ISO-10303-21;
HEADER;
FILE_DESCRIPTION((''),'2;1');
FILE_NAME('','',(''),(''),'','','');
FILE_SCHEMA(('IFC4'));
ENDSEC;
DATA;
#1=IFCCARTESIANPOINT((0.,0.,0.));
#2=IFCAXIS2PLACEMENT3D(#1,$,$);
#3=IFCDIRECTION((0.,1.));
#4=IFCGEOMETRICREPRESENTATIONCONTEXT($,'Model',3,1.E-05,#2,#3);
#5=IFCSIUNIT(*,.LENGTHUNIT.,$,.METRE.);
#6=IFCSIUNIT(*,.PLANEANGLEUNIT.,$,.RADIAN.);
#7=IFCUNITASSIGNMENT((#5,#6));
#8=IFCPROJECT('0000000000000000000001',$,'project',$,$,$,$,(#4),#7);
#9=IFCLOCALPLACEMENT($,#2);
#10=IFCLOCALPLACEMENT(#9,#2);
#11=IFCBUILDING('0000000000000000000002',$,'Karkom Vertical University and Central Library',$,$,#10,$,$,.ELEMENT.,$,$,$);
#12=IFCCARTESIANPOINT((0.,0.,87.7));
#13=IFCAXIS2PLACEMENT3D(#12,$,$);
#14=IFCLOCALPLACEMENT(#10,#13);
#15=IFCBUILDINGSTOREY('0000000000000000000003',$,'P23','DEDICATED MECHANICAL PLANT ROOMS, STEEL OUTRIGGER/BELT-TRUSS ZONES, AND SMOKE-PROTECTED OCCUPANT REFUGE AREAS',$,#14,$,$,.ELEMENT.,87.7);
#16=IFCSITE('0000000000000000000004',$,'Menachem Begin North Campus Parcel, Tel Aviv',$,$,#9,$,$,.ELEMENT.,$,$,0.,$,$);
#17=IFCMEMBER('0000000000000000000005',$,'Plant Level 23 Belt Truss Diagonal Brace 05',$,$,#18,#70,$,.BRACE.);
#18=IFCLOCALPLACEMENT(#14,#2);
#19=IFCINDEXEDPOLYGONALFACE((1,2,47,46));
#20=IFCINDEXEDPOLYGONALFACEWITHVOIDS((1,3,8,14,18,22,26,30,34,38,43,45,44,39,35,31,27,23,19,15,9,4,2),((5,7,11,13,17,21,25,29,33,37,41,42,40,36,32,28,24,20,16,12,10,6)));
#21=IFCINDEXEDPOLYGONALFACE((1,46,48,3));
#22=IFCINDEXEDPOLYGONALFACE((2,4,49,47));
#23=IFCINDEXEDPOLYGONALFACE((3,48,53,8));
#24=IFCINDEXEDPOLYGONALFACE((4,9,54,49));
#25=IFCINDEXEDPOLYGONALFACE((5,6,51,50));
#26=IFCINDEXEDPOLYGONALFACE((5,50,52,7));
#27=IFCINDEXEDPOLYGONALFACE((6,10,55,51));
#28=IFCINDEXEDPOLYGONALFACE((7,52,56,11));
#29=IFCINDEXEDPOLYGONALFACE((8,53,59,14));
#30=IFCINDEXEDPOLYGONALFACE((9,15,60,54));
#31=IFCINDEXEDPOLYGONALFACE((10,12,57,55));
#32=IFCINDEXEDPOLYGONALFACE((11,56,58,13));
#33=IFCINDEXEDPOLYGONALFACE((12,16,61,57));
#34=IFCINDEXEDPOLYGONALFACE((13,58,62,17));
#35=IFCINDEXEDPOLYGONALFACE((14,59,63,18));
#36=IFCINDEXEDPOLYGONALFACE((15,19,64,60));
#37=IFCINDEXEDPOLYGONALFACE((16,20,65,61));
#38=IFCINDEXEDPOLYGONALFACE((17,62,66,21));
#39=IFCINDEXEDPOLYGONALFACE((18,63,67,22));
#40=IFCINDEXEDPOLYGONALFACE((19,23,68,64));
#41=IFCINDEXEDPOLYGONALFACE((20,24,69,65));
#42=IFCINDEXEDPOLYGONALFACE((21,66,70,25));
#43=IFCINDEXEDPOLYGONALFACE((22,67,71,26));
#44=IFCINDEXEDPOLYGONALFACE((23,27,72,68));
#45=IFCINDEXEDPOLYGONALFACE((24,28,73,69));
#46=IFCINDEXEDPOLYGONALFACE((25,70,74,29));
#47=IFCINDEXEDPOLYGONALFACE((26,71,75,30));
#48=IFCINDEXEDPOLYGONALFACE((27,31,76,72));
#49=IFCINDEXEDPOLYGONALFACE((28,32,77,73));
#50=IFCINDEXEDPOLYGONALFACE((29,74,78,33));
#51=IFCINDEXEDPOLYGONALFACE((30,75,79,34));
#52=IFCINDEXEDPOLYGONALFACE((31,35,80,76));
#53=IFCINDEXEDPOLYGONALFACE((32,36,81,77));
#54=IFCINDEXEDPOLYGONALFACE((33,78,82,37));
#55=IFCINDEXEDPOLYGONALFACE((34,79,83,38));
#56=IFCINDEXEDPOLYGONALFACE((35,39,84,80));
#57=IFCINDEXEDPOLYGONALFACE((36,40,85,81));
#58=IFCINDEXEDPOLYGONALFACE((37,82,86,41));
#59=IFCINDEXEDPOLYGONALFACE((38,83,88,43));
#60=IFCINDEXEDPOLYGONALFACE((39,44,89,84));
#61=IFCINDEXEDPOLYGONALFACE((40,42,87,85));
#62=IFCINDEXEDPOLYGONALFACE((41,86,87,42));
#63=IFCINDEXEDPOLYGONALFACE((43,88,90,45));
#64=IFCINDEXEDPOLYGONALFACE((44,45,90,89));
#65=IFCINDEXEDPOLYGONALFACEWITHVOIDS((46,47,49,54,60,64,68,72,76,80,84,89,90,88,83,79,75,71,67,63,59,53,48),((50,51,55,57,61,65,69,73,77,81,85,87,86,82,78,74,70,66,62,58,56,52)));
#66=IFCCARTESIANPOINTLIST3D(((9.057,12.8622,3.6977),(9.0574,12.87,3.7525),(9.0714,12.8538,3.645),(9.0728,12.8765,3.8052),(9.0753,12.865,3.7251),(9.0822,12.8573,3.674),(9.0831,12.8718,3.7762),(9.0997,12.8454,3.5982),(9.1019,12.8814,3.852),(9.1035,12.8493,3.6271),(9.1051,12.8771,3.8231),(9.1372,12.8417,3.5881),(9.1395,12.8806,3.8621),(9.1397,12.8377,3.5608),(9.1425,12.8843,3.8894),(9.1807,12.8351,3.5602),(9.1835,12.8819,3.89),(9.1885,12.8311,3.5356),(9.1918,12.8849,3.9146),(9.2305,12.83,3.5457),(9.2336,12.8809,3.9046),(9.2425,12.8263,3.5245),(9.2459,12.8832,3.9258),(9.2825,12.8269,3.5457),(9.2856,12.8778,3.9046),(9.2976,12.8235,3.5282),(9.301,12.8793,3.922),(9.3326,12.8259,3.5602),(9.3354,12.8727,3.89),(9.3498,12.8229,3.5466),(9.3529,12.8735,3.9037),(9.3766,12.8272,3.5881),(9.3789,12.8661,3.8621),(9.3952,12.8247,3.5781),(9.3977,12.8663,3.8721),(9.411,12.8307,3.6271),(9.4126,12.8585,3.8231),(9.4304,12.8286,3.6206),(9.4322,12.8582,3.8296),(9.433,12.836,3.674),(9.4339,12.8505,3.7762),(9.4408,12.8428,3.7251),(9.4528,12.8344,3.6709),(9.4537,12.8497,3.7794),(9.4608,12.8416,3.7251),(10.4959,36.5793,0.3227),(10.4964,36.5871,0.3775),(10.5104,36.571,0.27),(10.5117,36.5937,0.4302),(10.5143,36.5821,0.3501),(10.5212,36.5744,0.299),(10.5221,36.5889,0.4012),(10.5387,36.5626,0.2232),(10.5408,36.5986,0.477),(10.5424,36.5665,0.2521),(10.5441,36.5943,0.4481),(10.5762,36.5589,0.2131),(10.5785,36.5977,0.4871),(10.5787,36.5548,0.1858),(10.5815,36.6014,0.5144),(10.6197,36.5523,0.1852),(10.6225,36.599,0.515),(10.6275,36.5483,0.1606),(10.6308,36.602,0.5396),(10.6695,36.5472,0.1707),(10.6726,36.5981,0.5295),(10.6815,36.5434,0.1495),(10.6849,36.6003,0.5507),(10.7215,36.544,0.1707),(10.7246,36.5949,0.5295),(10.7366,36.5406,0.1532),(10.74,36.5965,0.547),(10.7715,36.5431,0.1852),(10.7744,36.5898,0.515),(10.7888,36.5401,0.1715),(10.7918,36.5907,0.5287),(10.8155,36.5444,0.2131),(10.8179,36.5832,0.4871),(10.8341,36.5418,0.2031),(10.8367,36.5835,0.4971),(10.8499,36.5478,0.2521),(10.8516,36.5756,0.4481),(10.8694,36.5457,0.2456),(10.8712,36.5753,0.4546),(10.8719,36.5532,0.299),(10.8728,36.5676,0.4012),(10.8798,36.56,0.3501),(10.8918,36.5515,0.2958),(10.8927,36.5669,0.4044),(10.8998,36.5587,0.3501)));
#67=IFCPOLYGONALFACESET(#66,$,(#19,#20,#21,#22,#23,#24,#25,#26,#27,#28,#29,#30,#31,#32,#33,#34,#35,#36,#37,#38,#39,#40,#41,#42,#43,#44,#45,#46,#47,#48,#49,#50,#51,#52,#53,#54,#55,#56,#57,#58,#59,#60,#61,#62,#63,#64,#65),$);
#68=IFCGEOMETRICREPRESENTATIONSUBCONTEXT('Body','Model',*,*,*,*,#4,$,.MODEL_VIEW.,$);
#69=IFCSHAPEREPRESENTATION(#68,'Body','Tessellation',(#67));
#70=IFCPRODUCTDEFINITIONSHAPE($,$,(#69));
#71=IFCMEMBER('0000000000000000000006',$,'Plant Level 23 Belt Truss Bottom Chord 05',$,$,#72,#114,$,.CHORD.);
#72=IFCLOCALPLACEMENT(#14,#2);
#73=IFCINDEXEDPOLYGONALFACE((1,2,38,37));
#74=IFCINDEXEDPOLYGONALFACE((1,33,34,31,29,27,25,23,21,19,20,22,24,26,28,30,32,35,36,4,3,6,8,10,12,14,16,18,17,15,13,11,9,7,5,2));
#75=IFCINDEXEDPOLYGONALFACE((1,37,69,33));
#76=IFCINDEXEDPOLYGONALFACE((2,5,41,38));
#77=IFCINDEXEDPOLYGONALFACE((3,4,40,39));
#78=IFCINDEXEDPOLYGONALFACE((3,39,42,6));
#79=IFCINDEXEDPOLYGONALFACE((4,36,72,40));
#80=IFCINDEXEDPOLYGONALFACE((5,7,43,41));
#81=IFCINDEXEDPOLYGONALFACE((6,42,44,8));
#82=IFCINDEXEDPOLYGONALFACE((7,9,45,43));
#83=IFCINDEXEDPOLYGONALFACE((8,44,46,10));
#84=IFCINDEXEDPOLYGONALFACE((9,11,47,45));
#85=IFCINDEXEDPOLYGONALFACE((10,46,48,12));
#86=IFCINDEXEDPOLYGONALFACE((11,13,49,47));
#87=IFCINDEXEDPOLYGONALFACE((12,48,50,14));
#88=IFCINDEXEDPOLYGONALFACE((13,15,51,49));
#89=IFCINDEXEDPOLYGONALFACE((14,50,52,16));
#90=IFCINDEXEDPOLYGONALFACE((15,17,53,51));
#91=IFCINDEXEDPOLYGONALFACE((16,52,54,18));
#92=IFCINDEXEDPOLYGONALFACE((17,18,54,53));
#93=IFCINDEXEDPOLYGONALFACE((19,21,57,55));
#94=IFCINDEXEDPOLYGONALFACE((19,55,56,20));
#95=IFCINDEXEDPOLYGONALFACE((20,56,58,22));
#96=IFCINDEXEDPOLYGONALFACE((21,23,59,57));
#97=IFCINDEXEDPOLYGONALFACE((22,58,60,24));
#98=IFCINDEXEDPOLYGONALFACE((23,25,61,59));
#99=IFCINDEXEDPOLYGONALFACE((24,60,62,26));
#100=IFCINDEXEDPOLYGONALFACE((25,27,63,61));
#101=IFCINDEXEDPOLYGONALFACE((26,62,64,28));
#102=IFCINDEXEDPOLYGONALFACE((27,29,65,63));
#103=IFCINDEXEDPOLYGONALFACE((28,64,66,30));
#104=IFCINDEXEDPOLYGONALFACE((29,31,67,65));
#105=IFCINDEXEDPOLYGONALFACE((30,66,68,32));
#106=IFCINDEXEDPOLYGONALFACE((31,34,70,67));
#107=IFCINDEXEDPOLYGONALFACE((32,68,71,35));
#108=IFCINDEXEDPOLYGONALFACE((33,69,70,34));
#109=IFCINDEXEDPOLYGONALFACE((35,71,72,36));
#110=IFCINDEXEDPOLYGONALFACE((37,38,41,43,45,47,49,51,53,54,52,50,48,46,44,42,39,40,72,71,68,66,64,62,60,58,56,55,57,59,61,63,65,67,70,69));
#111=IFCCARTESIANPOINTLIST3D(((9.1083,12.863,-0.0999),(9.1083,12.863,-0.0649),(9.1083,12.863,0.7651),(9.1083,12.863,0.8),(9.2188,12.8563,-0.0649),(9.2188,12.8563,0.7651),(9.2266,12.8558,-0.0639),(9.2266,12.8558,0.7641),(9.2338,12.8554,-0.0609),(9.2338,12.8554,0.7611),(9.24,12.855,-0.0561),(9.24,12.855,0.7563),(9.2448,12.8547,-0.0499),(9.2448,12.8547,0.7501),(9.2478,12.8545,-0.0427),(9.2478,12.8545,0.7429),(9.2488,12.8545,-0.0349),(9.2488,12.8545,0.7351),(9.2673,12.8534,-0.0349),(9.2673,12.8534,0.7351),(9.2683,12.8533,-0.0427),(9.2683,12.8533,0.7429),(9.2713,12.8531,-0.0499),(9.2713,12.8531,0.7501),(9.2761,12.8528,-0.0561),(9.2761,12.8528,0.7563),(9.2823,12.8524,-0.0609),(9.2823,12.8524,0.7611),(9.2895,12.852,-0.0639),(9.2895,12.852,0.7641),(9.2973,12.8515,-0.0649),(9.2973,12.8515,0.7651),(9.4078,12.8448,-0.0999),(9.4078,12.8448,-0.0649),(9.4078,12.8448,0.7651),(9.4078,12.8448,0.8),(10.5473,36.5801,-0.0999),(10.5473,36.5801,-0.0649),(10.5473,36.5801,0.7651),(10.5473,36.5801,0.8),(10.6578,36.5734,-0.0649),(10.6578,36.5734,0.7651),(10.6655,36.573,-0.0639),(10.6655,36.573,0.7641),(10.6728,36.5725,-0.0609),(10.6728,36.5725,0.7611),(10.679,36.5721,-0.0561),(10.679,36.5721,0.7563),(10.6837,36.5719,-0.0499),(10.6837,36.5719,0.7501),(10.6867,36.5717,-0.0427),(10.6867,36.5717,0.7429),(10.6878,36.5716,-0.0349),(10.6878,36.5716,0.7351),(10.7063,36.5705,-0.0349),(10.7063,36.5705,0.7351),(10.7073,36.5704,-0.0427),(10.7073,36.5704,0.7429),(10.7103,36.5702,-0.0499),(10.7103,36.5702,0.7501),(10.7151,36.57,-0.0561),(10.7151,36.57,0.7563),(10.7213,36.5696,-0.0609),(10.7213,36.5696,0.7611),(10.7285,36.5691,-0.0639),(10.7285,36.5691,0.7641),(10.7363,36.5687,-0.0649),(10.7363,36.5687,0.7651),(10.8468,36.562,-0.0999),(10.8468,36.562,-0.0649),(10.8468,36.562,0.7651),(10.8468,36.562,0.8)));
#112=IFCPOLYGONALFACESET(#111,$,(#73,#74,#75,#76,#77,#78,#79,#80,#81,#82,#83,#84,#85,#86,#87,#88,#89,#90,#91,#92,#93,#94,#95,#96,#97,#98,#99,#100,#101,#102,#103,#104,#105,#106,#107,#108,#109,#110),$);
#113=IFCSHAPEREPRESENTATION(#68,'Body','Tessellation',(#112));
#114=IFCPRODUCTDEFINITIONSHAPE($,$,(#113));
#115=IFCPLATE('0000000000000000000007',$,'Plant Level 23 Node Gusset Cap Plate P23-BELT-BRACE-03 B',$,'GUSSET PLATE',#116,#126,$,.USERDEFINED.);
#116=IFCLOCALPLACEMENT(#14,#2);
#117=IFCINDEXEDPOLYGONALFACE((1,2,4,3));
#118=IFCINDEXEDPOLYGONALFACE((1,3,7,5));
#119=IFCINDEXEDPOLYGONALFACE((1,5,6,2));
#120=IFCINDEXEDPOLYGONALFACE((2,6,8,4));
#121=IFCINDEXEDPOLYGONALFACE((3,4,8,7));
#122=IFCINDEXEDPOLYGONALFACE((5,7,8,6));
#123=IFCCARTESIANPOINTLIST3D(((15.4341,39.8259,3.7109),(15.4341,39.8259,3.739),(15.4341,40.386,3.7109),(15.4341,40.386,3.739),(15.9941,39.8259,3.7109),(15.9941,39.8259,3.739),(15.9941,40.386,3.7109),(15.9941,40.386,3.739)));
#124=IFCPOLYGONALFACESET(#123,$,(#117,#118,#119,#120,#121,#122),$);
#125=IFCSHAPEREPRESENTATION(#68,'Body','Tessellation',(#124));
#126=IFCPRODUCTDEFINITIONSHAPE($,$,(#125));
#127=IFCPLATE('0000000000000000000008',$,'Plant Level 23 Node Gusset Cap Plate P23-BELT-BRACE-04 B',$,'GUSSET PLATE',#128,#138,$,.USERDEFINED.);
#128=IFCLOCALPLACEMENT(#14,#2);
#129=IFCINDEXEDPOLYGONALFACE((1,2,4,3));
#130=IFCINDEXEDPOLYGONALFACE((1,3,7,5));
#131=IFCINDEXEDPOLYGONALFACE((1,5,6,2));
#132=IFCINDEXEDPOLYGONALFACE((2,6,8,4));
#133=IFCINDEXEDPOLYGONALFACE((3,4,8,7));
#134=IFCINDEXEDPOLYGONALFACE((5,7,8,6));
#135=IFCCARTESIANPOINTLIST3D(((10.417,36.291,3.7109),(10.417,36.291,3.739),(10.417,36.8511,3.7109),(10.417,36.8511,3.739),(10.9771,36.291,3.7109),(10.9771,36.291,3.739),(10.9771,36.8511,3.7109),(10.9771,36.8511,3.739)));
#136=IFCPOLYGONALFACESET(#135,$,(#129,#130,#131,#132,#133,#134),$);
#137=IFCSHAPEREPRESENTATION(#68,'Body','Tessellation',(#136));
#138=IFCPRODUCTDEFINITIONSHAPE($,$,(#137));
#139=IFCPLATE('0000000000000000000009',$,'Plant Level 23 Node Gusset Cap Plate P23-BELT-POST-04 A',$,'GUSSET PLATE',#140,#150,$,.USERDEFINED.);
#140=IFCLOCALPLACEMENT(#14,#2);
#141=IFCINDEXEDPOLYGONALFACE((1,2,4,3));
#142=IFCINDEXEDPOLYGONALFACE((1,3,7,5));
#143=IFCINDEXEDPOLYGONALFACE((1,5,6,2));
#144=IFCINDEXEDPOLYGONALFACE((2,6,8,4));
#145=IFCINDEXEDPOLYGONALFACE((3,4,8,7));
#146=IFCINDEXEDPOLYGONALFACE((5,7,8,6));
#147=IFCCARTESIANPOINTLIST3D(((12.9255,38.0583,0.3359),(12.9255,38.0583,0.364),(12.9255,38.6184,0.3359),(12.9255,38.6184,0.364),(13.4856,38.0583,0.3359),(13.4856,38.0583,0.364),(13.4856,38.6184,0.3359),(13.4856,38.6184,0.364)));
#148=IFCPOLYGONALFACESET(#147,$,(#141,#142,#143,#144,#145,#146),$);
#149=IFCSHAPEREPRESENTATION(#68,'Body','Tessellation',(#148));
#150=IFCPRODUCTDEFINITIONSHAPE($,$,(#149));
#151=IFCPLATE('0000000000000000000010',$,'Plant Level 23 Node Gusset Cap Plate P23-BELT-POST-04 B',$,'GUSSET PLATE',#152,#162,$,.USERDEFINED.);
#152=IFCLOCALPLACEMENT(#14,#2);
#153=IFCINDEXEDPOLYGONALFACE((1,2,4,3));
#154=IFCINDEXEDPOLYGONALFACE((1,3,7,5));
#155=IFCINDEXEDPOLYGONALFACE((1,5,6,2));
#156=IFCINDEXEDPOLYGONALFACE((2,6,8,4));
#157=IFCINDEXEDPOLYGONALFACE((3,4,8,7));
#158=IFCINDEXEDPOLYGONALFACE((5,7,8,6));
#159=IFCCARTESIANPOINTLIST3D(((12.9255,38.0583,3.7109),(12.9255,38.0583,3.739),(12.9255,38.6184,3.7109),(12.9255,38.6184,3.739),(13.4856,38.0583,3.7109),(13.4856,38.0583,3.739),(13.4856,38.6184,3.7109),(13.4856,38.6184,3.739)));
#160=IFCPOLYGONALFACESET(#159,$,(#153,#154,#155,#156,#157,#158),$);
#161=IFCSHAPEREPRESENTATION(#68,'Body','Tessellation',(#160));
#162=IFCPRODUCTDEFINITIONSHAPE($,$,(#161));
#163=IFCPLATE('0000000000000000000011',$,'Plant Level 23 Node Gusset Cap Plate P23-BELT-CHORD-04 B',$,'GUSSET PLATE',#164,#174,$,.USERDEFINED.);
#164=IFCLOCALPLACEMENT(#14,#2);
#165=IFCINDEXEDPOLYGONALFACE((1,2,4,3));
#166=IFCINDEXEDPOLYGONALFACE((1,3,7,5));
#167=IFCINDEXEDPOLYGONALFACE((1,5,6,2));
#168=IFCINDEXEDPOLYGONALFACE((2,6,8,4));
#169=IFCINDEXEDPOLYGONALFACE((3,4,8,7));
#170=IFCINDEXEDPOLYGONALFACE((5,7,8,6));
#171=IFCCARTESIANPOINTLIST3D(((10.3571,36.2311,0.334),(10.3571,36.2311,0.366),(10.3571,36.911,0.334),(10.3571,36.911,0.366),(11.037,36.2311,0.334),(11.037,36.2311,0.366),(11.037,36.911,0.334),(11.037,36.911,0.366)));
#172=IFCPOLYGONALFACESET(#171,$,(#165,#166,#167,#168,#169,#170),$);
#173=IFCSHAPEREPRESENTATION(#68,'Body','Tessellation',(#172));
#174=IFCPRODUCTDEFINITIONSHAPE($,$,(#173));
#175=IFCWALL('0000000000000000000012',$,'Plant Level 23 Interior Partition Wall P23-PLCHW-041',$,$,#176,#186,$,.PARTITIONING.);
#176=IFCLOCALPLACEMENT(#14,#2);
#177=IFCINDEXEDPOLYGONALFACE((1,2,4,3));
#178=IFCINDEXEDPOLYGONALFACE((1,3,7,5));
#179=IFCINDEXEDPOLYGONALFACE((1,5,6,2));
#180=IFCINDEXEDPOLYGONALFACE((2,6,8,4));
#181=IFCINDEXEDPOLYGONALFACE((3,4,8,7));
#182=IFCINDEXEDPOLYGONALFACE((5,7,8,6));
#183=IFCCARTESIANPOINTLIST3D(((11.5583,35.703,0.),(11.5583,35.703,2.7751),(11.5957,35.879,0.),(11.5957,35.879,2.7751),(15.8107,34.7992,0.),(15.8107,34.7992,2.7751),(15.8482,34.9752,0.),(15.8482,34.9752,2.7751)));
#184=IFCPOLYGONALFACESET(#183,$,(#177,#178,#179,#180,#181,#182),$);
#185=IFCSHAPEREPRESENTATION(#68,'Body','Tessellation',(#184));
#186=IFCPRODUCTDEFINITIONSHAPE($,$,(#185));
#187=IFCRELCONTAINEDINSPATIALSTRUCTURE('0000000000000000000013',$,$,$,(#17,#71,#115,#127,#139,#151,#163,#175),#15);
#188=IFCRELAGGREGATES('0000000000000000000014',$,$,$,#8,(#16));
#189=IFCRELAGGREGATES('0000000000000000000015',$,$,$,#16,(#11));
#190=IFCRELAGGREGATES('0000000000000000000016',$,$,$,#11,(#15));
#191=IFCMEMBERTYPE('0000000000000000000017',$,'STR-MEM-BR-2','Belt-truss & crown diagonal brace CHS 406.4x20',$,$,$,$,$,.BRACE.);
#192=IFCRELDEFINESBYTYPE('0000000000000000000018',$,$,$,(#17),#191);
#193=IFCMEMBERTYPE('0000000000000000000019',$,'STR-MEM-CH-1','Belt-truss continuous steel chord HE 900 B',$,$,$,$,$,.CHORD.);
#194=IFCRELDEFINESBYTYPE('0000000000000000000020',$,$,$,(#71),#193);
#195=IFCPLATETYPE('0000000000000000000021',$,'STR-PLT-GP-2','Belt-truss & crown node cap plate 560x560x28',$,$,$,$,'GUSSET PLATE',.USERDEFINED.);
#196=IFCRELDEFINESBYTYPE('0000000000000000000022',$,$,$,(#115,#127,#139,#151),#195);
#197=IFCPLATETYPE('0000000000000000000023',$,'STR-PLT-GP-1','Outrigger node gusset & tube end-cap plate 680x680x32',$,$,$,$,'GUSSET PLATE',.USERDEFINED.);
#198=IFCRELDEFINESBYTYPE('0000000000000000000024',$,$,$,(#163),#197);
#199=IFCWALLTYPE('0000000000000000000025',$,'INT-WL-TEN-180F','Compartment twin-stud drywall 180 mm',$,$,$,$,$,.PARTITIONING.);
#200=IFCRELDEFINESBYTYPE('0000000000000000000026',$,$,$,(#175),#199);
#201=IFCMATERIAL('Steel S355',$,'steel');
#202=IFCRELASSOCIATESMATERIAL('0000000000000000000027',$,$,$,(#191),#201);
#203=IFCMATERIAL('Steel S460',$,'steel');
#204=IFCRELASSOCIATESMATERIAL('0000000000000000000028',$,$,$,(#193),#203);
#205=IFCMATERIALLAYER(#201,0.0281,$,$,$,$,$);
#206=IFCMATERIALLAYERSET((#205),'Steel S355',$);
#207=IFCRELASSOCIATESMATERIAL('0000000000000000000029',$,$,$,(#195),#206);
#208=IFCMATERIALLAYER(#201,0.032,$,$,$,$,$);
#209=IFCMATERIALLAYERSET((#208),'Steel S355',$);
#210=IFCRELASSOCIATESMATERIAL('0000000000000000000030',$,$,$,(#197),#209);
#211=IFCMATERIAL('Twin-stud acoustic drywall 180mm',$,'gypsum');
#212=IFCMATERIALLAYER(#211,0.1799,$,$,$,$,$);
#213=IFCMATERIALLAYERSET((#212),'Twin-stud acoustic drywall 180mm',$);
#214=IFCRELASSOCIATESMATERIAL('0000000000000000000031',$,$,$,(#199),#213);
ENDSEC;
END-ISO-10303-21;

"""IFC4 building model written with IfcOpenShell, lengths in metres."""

from ifc_helpers import new_model, si_unit, direction, frame, frame_2d, origin, origin_with_axes, origin_2d, place, context, subcontext, project, spatial, rectangle, hollow_circle, i_section, extrude, source, transform, mapped, material, layer, layer_set, material_profile, profile_set, type_object, element, save


model = new_model("IFC4")

# Units and contexts
model_context = context("Model", 3, precision=1e-05, world=origin(), true_north=direction((0.0, 1.0)))
body_context = subcontext(model_context, "Body", "Model", "MODEL_VIEW")
ifc_project = project(units=[si_unit("LENGTHUNIT", "METRE"), si_unit("PLANEANGLEUNIT", "RADIAN")], contexts=[model_context])

# Site, building, storey
site_placement = place(None, origin())
site = spatial("IfcSite", under=ifc_project, at=site_placement, Name="Menachem Begin North Campus Parcel, Tel Aviv", CompositionType="ELEMENT", RefElevation=0.0)
building_placement = place(site_placement, origin())
building = spatial("IfcBuilding", under=site, at=building_placement, Name="Karkom Vertical University and Central Library", CompositionType="ELEMENT")
storey_placement = place(building_placement, frame((0.0, 0.0, 87.7)))
storey = spatial("IfcBuildingStorey", under=building, at=storey_placement, Name="P23", Description="DEDICATED MECHANICAL PLANT ROOMS, STEEL OUTRIGGER/BELT-TRUSS ZONES, AND SMOKE-PROTECTED OCCUPANT REFUGE AREAS", CompositionType="ELEMENT", Elevation=87.7)

# Shared definitions
ifc_material_1 = material(Name="Steel S355", Category="steel")
ifc_material_2 = material(Name="Steel S460", Category="steel")

# Members
ifc_material_profile_1 = material_profile(ifc_material_1, hollow_circle(Radius=0.2031, WallThickness=0.02, at=origin_2d()), Name="CHS 406.4x20")
ifc_profile_set_1 = profile_set([ifc_material_profile_1], Name="Steel S355")
member_type_1 = type_object("IfcMemberType", Name="STR-MEM-BR-2", Description="Belt-truss & crown diagonal brace CHS 406.4x20", PredefinedType="BRACE", material=ifc_profile_set_1)
shared_shape_1 = source(origin_with_axes(), body_context, "Body", "SweptSolid", [
    extrude(hollow_circle(Radius=0.2031, WallThickness=0.02, at=origin_2d()), origin(), (0.0, 0.0, 1.0), 23.9993),
])
member_1_placement = place(storey_placement, frame((10.697, 36.571, 0.3501), z_axis=(-0.059959, -0.988245, 0.14063), x_axis=(0.998165, -0.060561, 0.0)))
element("IfcMember", 1, at=member_1_placement, inside=storey, type_object=member_type_1, Name="Plant Level 23 Belt Truss Diagonal Brace 05", PredefinedType="BRACE", context=body_context, shape_type="MappedRepresentation", body=[
    mapped(shared_shape_1, transform((0.0, 0.0, 0.0), scale=1.0)),
])
ifc_material_profile_2 = material_profile(ifc_material_2, i_section(OverallWidth=0.3, OverallDepth=0.8999, WebThickness=0.0186, FlangeThickness=0.0349, FilletRadius=0.03, at=origin_2d()), Name="HE 900 B")
ifc_profile_set_2 = profile_set([ifc_material_profile_2], Name="Steel S460")
member_type_2 = type_object("IfcMemberType", Name="STR-MEM-CH-1", Description="Belt-truss continuous steel chord HE 900 B", PredefinedType="CHORD", material=ifc_profile_set_2)
shared_shape_2 = source(origin_with_axes(), body_context, "Body", "SweptSolid", [
    extrude(i_section(OverallWidth=0.3, OverallDepth=0.8999, WebThickness=0.0186, FlangeThickness=0.0349, FilletRadius=0.03, at=origin_2d()), origin(), (0.0, 0.0, 1.0), 23.7607),
])
member_2_placement = place(storey_placement, frame((10.697, 36.571, 0.3501), z_axis=(-0.060561, -0.998165, 0.0), x_axis=(0.998165, -0.060561, 0.0)))
element("IfcMember", 2, at=member_2_placement, inside=storey, type_object=member_type_2, Name="Plant Level 23 Belt Truss Bottom Chord 05", PredefinedType="CHORD", context=body_context, shape_type="MappedRepresentation", body=[
    mapped(shared_shape_2, transform((0.0, 0.0, 0.0), scale=1.0)),
])

# Plates
ifc_layer_1 = layer(ifc_material_1, 0.0281)
ifc_layer_set_1 = layer_set([ifc_layer_1], Name="Steel S355")
plate_type_1 = type_object("IfcPlateType", Name="STR-PLT-GP-2", Description="Belt-truss & crown node cap plate 560x560x28", ElementType="GUSSET PLATE", PredefinedType="USERDEFINED", material=ifc_layer_set_1)
shared_shape_3 = source(origin_with_axes(), body_context, "Body", "SweptSolid", [
    extrude(rectangle(XDim=0.5601, YDim=0.5601, at=origin_2d()), origin(), (0.0, 0.0, 1.0), 0.0281),
])
for number, where, z_axis, x_axis, name in (
    (3, (15.7141, 40.106, 3.7109), (0.0, 0.0, 1.0), (1.0, 0.0, 0.0), "Plant Level 23 Node Gusset Cap Plate P23-BELT-BRACE-03 B"),
    (4, (10.697, 36.571, 3.7109), (0.0, 0.0, 1.0), (1.0, 0.0, 0.0), "Plant Level 23 Node Gusset Cap Plate P23-BELT-BRACE-04 B"),
    (5, (13.2056, 38.3384, 0.3359), (0.0, 0.0, 1.0), (1.0, 0.0, 0.0), "Plant Level 23 Node Gusset Cap Plate P23-BELT-POST-04 A"),
    (6, (13.2056, 38.3384, 3.7109), (0.0, 0.0, 1.0), (1.0, 0.0, 0.0), "Plant Level 23 Node Gusset Cap Plate P23-BELT-POST-04 B"),
):
    element("IfcPlate", number, at=place(storey_placement, frame(where, z_axis=z_axis, x_axis=x_axis)), inside=storey, type_object=plate_type_1, Name=name, ObjectType="GUSSET PLATE", PredefinedType="USERDEFINED", context=body_context, shape_type="MappedRepresentation", body=[
        mapped(shared_shape_3, transform((0.0, 0.0, 0.0), scale=1.0)),
    ])
ifc_layer_2 = layer(ifc_material_1, 0.032)
ifc_layer_set_2 = layer_set([ifc_layer_2], Name="Steel S355")
plate_type_2 = type_object("IfcPlateType", Name="STR-PLT-GP-1", Description="Outrigger node gusset & tube end-cap plate 680x680x32", ElementType="GUSSET PLATE", PredefinedType="USERDEFINED", material=ifc_layer_set_2)
shared_shape_4 = source(origin_with_axes(), body_context, "Body", "SweptSolid", [
    extrude(rectangle(XDim=0.6799, YDim=0.6799, at=origin_2d()), origin(), (0.0, 0.0, 1.0), 0.032),
])
plate_placement = place(storey_placement, frame((10.697, 36.571, 0.334), z_axis=(0.0, 0.0, 1.0), x_axis=(1.0, 0.0, 0.0)))
element("IfcPlate", 7, at=plate_placement, inside=storey, type_object=plate_type_2, Name="Plant Level 23 Node Gusset Cap Plate P23-BELT-CHORD-04 B", ObjectType="GUSSET PLATE", PredefinedType="USERDEFINED", context=body_context, shape_type="MappedRepresentation", body=[
    mapped(shared_shape_4, transform((0.0, 0.0, 0.0), scale=1.0)),
])

# Wall
ifc_material_3 = material(Name="Twin-stud acoustic drywall 180mm", Category="gypsum")
ifc_layer_3 = layer(ifc_material_3, 0.1799)
ifc_layer_set_3 = layer_set([ifc_layer_3], Name="Twin-stud acoustic drywall 180mm")
wall_type = type_object("IfcWallType", Name="INT-WL-TEN-180F", Description="Compartment twin-stud drywall 180 mm", PredefinedType="PARTITIONING", material=ifc_layer_set_3)
wall_placement = place(storey_placement, frame((11.5769, 35.791, 0.0), z_axis=(0.0, 0.0, 1.0), x_axis=(0.978151, -0.207895, 0.0)))
element("IfcWall", 8, at=wall_placement, inside=storey, type_object=wall_type, Name="Plant Level 23 Interior Partition Wall P23-PLCHW-041", PredefinedType="PARTITIONING", context=body_context, shape_type="SweptSolid", body=[
    extrude(rectangle(XDim=4.3474, YDim=0.1799, at=frame_2d((2.1738, 0.0))), origin(), (0.0, 0.0, 1.0), 2.7751),
])

save(model, "model.ifc")
